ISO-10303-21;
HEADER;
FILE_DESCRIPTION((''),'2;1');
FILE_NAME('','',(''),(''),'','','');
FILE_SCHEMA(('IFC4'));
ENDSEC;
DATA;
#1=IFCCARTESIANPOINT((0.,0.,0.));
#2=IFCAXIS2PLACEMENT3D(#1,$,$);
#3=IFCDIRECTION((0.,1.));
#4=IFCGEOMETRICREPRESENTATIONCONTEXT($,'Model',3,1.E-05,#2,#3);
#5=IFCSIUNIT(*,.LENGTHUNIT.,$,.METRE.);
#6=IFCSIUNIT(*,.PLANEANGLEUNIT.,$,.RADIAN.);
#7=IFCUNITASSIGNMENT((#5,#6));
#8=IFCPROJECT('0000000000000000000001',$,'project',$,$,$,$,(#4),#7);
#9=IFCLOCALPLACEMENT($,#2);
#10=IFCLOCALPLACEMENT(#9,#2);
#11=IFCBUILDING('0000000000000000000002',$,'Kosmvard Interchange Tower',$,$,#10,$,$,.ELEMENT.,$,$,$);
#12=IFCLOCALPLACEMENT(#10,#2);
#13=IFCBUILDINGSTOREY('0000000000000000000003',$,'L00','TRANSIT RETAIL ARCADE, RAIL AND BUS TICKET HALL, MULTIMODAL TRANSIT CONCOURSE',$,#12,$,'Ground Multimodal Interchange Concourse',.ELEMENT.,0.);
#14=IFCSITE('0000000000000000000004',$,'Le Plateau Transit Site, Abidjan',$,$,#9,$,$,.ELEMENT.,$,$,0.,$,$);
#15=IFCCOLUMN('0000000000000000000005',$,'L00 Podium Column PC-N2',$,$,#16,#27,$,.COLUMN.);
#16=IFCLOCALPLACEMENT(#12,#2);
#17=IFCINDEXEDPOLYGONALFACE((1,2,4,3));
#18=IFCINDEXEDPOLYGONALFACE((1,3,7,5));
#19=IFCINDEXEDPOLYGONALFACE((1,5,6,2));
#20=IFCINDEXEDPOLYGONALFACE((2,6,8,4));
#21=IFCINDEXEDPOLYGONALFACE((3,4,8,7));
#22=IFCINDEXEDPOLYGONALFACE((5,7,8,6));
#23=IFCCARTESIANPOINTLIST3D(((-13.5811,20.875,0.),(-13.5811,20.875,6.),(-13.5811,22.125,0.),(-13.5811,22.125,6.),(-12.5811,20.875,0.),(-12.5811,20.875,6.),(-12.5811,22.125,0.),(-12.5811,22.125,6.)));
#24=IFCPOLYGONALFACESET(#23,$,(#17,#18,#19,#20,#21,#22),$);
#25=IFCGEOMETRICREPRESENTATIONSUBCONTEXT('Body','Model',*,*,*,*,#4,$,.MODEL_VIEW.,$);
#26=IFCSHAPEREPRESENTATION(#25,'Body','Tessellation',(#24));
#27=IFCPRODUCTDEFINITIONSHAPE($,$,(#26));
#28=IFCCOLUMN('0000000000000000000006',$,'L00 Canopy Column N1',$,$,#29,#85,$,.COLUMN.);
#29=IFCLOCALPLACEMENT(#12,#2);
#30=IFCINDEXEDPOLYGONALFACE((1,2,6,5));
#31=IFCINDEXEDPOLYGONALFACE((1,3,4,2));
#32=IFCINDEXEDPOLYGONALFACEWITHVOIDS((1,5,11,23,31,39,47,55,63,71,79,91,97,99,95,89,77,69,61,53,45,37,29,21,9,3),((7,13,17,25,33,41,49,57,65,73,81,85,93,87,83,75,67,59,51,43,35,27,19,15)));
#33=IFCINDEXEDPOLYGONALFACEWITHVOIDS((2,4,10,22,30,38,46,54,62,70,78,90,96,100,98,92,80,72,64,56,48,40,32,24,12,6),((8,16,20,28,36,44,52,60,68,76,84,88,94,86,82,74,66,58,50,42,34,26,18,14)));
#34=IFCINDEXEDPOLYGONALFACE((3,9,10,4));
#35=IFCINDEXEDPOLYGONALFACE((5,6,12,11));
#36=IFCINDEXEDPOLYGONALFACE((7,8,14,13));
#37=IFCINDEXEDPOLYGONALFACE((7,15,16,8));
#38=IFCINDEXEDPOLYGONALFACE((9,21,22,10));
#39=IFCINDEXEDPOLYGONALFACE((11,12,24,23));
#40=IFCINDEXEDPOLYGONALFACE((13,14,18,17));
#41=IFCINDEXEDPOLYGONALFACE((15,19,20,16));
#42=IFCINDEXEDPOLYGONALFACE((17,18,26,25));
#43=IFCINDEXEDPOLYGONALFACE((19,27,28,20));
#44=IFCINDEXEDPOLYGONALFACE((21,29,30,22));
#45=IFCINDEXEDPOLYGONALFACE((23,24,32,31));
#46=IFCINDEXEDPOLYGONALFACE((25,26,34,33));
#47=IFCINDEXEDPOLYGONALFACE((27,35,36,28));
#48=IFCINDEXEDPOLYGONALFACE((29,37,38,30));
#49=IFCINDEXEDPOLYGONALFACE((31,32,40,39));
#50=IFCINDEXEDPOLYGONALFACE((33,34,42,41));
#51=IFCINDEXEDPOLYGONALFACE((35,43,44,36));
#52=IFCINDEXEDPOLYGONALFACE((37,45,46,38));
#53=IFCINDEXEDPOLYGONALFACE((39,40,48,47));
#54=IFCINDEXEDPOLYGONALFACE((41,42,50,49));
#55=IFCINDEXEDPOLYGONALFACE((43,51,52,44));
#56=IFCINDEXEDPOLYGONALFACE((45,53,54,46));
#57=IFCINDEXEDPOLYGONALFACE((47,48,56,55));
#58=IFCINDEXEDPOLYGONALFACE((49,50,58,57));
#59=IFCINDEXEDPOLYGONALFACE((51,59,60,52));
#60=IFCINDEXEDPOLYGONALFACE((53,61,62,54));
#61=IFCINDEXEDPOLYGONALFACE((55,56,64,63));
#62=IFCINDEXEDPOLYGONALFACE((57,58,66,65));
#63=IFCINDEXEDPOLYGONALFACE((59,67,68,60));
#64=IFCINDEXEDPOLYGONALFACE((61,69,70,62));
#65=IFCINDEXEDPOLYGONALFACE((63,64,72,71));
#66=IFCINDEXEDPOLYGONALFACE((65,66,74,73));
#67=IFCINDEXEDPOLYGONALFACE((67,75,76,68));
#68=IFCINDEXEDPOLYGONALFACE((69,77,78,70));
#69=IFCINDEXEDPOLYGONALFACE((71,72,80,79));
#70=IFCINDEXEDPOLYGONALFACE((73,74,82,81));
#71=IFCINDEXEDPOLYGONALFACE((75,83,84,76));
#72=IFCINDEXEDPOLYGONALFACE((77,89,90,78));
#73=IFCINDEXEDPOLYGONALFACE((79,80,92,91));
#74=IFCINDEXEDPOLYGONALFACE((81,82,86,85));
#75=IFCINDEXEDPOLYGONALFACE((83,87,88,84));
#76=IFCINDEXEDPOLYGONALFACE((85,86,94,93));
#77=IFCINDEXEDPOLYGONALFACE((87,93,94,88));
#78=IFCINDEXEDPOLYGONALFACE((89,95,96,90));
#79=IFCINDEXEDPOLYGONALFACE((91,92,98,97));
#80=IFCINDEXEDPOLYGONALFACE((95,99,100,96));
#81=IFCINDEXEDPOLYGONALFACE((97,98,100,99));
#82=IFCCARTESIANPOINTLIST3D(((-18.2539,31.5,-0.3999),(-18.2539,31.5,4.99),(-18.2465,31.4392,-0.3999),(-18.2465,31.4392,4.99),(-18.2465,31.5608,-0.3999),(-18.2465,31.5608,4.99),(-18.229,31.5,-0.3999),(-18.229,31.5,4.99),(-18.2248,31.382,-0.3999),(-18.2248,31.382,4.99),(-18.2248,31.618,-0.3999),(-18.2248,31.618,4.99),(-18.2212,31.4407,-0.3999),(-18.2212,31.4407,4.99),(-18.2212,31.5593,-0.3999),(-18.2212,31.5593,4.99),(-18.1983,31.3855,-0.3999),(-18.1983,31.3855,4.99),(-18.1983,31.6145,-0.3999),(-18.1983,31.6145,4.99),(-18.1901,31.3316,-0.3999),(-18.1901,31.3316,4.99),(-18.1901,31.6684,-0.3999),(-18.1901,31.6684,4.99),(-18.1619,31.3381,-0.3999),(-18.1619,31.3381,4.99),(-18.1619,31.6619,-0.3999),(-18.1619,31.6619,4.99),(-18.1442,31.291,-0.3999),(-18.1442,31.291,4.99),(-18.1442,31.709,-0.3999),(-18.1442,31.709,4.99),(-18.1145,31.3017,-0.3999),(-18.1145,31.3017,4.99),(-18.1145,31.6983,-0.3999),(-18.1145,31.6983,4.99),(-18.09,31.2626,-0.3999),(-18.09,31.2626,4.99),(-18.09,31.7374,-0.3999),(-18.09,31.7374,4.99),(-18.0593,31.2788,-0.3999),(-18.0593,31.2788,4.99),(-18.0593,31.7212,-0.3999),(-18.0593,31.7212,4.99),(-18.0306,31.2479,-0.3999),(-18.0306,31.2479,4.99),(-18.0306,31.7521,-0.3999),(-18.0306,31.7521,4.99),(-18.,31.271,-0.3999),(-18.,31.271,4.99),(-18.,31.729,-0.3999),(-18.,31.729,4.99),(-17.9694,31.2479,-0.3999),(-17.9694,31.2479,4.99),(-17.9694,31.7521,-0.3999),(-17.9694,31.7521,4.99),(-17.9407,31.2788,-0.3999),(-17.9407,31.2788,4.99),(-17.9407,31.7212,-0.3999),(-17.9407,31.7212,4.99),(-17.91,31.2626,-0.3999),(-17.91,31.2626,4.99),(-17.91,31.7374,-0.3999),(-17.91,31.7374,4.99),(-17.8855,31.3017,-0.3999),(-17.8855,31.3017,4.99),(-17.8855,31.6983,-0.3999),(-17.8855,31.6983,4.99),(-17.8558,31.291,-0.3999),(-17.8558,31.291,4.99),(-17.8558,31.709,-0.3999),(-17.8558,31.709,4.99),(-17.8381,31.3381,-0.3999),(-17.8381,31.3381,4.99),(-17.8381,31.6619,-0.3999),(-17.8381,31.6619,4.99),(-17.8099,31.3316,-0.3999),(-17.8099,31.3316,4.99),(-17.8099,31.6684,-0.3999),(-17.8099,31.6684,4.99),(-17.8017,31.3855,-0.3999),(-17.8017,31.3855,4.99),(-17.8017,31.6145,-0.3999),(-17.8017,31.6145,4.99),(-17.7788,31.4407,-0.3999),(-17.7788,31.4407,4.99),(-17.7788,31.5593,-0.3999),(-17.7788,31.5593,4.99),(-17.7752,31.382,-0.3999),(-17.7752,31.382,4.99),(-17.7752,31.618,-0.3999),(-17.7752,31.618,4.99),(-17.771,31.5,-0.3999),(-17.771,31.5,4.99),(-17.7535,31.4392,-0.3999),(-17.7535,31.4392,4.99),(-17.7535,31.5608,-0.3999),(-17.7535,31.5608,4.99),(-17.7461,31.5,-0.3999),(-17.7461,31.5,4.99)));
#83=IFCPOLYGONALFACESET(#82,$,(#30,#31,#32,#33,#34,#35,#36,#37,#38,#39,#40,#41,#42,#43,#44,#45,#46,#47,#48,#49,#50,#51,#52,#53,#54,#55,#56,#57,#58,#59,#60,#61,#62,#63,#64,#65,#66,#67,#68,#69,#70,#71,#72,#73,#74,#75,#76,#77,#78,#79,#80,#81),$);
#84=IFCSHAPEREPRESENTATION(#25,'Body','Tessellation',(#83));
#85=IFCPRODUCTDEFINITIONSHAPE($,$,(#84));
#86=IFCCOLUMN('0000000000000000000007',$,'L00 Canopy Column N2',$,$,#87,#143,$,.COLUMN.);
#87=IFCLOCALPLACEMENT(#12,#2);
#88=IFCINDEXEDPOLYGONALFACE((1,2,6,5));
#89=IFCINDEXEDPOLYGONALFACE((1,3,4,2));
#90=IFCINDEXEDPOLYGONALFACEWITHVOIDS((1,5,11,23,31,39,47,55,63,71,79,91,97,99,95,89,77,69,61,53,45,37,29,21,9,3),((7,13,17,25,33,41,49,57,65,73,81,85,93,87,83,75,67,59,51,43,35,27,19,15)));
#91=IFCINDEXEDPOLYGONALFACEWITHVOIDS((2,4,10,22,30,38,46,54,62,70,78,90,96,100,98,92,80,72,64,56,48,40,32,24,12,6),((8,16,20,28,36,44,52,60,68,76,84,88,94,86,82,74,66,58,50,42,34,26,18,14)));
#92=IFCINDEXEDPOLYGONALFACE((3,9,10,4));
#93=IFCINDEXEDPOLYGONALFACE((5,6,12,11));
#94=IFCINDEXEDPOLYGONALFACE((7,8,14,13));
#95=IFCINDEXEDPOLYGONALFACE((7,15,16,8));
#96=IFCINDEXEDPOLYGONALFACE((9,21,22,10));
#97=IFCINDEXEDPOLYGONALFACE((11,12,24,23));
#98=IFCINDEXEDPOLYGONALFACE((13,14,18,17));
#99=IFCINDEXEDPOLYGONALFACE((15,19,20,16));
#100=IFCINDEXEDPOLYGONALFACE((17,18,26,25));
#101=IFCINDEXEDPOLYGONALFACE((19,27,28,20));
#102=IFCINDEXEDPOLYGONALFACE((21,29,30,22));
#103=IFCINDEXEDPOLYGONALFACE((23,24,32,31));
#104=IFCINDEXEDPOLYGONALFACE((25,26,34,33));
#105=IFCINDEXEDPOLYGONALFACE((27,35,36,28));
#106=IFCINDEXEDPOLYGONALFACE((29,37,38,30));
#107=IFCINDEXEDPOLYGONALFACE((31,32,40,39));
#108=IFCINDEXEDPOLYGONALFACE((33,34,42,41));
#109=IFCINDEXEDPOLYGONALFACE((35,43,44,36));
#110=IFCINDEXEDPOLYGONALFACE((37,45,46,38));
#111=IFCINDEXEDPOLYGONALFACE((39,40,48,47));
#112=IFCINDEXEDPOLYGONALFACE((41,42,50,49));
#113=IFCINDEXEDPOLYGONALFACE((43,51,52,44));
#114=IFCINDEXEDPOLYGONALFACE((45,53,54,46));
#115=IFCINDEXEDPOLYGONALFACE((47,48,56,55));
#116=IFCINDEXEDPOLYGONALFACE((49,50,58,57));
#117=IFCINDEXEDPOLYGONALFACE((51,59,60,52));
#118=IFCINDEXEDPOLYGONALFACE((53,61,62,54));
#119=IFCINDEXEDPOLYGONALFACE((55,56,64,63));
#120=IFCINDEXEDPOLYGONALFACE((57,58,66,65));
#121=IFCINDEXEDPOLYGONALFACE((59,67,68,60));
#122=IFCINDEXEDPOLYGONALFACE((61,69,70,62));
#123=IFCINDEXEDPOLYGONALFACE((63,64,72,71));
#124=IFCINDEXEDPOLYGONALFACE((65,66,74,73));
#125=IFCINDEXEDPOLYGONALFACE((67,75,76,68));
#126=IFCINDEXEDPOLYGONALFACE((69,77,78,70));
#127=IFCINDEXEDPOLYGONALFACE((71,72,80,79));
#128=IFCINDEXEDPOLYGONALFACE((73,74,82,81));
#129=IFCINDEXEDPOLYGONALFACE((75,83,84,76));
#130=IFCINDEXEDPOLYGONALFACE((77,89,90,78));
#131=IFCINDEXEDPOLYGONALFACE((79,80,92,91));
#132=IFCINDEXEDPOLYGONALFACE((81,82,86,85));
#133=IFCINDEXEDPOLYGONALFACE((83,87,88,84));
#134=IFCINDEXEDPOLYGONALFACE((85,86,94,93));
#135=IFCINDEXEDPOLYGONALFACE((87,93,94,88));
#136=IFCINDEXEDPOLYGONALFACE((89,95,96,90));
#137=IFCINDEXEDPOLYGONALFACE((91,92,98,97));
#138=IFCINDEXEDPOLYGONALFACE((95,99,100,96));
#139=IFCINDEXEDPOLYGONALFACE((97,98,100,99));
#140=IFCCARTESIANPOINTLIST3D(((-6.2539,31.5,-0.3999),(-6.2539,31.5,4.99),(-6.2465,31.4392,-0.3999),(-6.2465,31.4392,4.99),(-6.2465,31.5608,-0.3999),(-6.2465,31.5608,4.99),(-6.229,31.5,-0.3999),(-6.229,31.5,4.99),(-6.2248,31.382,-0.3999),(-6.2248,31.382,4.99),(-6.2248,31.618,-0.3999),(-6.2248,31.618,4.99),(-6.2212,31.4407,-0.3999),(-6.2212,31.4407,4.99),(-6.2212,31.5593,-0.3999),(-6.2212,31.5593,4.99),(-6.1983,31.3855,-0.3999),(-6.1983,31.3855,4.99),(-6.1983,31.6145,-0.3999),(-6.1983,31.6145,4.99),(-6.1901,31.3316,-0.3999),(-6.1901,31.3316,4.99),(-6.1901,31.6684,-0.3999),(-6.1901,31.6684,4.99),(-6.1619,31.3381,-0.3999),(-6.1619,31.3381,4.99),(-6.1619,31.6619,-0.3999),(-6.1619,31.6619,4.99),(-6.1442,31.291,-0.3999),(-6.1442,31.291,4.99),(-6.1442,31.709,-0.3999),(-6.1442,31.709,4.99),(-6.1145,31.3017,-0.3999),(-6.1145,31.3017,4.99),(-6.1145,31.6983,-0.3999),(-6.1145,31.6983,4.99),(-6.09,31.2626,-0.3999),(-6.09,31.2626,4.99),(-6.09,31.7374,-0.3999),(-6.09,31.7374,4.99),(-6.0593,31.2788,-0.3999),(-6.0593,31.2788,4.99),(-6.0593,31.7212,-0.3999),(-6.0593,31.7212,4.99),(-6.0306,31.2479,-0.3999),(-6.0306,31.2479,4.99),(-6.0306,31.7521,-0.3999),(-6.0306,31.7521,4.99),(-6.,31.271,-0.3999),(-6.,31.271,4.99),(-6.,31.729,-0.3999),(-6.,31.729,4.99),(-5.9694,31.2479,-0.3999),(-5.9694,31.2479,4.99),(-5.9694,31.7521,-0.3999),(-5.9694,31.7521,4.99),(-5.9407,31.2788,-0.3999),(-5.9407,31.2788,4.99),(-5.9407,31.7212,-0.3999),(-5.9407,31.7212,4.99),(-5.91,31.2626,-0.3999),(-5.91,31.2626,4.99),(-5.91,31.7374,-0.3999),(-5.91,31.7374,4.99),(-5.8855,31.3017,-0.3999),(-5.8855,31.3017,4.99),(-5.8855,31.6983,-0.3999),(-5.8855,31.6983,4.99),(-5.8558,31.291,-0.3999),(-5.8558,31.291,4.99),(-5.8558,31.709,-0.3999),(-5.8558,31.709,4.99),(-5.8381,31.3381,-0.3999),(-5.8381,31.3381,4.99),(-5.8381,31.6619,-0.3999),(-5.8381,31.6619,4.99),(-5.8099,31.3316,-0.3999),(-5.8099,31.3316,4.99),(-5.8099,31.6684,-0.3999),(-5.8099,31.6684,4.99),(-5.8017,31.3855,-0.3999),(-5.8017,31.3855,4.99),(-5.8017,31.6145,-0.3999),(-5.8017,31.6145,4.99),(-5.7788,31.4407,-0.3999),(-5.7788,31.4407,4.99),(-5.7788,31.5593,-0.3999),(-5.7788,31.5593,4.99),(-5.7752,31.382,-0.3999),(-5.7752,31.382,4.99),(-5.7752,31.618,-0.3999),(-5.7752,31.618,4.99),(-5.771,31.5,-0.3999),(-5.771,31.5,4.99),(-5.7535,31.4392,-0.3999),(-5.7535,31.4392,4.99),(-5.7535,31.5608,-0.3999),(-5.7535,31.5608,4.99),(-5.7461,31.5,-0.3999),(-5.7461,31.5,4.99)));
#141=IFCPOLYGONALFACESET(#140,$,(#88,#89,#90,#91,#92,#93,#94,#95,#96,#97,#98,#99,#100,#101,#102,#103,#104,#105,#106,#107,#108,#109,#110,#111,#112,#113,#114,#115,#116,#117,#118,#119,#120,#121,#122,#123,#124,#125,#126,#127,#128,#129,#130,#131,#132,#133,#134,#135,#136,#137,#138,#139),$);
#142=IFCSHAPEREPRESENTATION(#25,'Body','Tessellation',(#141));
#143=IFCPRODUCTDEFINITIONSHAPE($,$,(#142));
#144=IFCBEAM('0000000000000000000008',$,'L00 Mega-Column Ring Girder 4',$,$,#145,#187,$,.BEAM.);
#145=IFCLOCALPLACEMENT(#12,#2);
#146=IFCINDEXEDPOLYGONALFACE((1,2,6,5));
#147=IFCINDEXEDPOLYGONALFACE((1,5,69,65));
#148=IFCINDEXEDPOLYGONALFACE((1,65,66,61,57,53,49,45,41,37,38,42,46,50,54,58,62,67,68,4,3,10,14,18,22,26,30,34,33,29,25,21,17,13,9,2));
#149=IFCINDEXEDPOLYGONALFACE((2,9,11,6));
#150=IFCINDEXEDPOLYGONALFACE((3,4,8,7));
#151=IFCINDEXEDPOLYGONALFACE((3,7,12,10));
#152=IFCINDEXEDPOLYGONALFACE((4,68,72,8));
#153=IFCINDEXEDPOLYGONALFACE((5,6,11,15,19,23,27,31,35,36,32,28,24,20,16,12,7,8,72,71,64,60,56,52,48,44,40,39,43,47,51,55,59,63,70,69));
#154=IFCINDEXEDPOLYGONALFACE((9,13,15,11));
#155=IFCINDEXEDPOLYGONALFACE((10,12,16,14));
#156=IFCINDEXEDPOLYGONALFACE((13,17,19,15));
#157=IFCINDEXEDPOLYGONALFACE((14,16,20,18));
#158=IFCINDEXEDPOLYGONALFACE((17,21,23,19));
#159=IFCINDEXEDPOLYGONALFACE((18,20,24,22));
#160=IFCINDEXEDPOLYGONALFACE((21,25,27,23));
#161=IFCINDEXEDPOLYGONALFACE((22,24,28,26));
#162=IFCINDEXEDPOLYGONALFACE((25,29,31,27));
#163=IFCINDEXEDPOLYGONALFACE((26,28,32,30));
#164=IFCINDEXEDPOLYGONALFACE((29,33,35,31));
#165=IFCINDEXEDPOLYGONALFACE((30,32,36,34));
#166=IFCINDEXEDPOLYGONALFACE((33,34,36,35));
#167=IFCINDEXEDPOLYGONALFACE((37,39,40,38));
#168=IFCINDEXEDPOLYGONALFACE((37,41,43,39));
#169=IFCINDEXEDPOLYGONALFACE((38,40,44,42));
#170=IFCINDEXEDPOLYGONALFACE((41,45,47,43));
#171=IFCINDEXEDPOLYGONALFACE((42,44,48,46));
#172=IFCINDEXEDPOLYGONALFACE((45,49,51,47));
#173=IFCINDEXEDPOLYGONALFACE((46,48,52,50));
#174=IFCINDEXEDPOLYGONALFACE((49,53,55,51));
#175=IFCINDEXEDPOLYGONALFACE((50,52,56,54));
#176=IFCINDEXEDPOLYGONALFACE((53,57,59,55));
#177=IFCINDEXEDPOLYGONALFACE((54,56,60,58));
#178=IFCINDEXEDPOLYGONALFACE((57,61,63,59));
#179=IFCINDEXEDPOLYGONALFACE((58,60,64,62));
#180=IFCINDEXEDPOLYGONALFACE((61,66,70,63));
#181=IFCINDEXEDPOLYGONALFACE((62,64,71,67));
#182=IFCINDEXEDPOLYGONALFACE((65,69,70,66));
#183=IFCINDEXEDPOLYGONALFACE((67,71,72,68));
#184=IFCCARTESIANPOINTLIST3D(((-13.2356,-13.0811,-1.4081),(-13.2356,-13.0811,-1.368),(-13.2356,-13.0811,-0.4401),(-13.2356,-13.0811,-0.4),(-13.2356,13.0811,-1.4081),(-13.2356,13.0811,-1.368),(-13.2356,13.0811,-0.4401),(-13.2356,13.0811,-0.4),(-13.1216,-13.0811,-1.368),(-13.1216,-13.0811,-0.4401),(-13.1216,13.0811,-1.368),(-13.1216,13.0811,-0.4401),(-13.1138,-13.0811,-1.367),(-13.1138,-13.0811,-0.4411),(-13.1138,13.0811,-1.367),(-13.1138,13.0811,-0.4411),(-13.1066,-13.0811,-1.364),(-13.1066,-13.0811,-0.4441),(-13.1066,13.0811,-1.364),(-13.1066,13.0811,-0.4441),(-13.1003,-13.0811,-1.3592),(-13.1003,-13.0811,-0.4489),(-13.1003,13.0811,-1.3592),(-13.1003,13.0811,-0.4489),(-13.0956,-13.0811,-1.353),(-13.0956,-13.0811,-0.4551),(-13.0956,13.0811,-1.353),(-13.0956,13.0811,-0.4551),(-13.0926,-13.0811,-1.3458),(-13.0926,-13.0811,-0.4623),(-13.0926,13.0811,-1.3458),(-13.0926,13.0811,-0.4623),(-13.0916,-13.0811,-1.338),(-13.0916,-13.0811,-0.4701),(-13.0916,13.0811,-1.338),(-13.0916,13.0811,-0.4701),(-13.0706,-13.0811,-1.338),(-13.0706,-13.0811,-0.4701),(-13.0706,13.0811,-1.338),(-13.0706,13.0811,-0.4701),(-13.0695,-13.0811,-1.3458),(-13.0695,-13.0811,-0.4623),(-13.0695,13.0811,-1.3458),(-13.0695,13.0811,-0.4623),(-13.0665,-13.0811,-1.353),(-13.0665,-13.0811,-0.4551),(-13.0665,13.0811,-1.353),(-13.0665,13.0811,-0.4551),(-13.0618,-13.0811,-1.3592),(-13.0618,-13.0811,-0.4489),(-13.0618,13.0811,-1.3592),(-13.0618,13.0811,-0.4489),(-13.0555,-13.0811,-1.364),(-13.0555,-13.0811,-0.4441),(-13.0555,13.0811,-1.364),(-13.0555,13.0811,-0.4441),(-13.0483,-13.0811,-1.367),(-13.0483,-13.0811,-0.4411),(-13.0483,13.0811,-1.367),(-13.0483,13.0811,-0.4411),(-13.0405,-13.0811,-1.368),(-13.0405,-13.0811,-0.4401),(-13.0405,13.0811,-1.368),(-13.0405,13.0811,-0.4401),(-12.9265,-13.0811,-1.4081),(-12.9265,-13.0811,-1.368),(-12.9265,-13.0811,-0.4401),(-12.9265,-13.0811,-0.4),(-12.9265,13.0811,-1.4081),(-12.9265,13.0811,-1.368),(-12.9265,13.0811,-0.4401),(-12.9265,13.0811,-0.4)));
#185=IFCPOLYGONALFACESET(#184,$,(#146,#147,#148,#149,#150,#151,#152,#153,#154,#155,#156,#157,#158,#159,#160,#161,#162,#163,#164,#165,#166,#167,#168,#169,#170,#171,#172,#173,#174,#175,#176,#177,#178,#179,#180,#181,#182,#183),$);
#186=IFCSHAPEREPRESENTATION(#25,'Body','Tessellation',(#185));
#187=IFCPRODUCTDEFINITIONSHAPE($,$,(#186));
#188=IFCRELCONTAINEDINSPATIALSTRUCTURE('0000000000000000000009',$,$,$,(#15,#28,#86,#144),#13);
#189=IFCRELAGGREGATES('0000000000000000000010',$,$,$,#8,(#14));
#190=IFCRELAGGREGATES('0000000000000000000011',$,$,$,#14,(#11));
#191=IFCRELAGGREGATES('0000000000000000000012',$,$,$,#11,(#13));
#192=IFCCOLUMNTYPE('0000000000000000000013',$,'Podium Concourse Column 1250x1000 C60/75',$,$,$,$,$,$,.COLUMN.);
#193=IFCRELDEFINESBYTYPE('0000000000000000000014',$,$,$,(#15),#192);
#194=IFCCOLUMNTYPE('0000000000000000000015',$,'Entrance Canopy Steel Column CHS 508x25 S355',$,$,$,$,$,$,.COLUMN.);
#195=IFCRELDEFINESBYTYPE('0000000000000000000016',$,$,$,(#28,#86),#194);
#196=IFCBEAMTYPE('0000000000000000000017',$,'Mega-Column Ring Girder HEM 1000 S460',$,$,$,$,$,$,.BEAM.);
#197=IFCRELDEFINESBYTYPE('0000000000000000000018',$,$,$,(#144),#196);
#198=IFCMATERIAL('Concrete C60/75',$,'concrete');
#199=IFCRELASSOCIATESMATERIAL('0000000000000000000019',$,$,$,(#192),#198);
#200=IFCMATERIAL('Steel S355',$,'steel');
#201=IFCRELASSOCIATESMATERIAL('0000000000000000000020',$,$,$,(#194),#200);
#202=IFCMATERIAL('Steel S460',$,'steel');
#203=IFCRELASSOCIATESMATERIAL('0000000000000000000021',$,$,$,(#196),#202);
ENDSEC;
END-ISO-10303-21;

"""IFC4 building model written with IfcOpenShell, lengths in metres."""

from ifc_helpers import new_model, si_unit, direction, frame, origin, origin_2d, place, context, subcontext, project, spatial, rectangle, hollow_circle, i_section, extrude, source, transform, mapped, material, material_profile, profile_set, type_object, element, save


model = new_model("IFC4")

# Units and contexts
model_context = context("Model", 3, precision=1e-05, world=origin(), true_north=direction((0.0, 1.0)))
body_context = subcontext(model_context, "Body", "Model", "MODEL_VIEW")
ifc_project = project(units=[si_unit("LENGTHUNIT", "METRE"), si_unit("PLANEANGLEUNIT", "RADIAN")], contexts=[model_context])

# Site, building, storey
site_placement = place(None, origin())
site = spatial("IfcSite", under=ifc_project, at=site_placement, Name="Le Plateau Transit Site, Abidjan", CompositionType="ELEMENT", RefElevation=0.0)
building_placement = place(site_placement, origin())
building = spatial("IfcBuilding", under=site, at=building_placement, Name="Kosmvard Interchange Tower", CompositionType="ELEMENT")
storey_placement = place(building_placement, origin())
storey = spatial("IfcBuildingStorey", under=building, at=storey_placement, Name="L00", Description="TRANSIT RETAIL ARCADE, RAIL AND BUS TICKET HALL, MULTIMODAL TRANSIT CONCOURSE", LongName="Ground Multimodal Interchange Concourse", CompositionType="ELEMENT", Elevation=0.0)

# Columns
ifc_material_1 = material(Name="Concrete C60/75", Category="concrete")
ifc_material_profile_1 = material_profile(ifc_material_1, rectangle(XDim=1.0, YDim=1.25, at=origin_2d()), Name="PC 1250x1000")
ifc_profile_set_1 = profile_set([ifc_material_profile_1], Name="Concrete C60/75")
column_type_1 = type_object("IfcColumnType", Name="Podium Concourse Column 1250x1000 C60/75", PredefinedType="COLUMN", material=ifc_profile_set_1)
shared_shape_1 = source(origin(), body_context, "Body", "SweptSolid", [
    extrude(rectangle(XDim=1.0, YDim=1.25, at=origin_2d()), origin(), (0.0, 0.0, 1.0), 6.0),
])
column_placement = place(storey_placement, frame((-13.0811, 21.5, 0.0), z_axis=(0.0, 0.0, 1.0), x_axis=(1.0, 0.0, 0.0)))
element("IfcColumn", 1, at=column_placement, inside=storey, type_object=column_type_1, Name="L00 Podium Column PC-N2", PredefinedType="COLUMN", context=body_context, shape_type="MappedRepresentation", body=[
    mapped(shared_shape_1, transform((0.0, 0.0, 0.0), scale=1.0)),
])
ifc_material_2 = material(Name="Steel S355", Category="steel")
ifc_material_profile_2 = material_profile(ifc_material_2, hollow_circle(Radius=0.2539, WallThickness=0.0249, at=origin_2d()), Name="CHS 508x25")
ifc_profile_set_2 = profile_set([ifc_material_profile_2], Name="Steel S355")
column_type_2 = type_object("IfcColumnType", Name="Entrance Canopy Steel Column CHS 508x25 S355", PredefinedType="COLUMN", material=ifc_profile_set_2)
shared_shape_2 = source(origin(), body_context, "Body", "SweptSolid", [
    extrude(hollow_circle(Radius=0.2539, WallThickness=0.0249, at=origin_2d()), origin(), (0.0, 0.0, 1.0), 5.3899),
])
for number, where, z_axis, x_axis, name in (
    (2, (-18.0, 31.5, -0.3999), (0.0, 0.0, 1.0), (1.0, 0.0, 0.0), "L00 Canopy Column N1"),
    (3, (-6.0, 31.5, -0.3999), (0.0, 0.0, 1.0), (1.0, 0.0, 0.0), "L00 Canopy Column N2"),
):
    element("IfcColumn", number, at=place(storey_placement, frame(where, z_axis=z_axis, x_axis=x_axis)), inside=storey, type_object=column_type_2, Name=name, PredefinedType="COLUMN", context=body_context, shape_type="MappedRepresentation", body=[
        mapped(shared_shape_2, transform((0.0, 0.0, 0.0), scale=1.0)),
    ])

# Beam
ifc_material_3 = material(Name="Steel S460", Category="steel")
ifc_material_profile_3 = material_profile(ifc_material_3, i_section(OverallWidth=0.3091, OverallDepth=1.0081, WebThickness=0.021, FlangeThickness=0.04, FilletRadius=0.03, at=origin_2d()), Name="HEM 1000")
ifc_profile_set_3 = profile_set([ifc_material_profile_3], Name="Steel S460")
beam_type_1 = type_object("IfcBeamType", Name="Mega-Column Ring Girder HEM 1000 S460", PredefinedType="BEAM", material=ifc_profile_set_3)
shared_shape_3 = source(origin(), body_context, "Body", "SweptSolid", [
    extrude(i_section(OverallWidth=0.3091, OverallDepth=1.0081, WebThickness=0.021, FlangeThickness=0.04, FilletRadius=0.03, at=origin_2d()), origin(), (0.0, 0.0, 1.0), 26.1621),
])
beam_1_placement = place(storey_placement, frame((-13.0811, 13.0811, -0.9041), z_axis=(0.0, -1.0, 0.0), x_axis=(1.0, 0.0, 0.0)))
element("IfcBeam", 4, at=beam_1_placement, inside=storey, type_object=beam_type_1, Name="L00 Mega-Column Ring Girder 4", PredefinedType="BEAM", context=body_context, shape_type="MappedRepresentation", body=[
    mapped(shared_shape_3, transform((0.0, 0.0, 0.0), scale=1.0)),
])

save(model, "model.ifc")
